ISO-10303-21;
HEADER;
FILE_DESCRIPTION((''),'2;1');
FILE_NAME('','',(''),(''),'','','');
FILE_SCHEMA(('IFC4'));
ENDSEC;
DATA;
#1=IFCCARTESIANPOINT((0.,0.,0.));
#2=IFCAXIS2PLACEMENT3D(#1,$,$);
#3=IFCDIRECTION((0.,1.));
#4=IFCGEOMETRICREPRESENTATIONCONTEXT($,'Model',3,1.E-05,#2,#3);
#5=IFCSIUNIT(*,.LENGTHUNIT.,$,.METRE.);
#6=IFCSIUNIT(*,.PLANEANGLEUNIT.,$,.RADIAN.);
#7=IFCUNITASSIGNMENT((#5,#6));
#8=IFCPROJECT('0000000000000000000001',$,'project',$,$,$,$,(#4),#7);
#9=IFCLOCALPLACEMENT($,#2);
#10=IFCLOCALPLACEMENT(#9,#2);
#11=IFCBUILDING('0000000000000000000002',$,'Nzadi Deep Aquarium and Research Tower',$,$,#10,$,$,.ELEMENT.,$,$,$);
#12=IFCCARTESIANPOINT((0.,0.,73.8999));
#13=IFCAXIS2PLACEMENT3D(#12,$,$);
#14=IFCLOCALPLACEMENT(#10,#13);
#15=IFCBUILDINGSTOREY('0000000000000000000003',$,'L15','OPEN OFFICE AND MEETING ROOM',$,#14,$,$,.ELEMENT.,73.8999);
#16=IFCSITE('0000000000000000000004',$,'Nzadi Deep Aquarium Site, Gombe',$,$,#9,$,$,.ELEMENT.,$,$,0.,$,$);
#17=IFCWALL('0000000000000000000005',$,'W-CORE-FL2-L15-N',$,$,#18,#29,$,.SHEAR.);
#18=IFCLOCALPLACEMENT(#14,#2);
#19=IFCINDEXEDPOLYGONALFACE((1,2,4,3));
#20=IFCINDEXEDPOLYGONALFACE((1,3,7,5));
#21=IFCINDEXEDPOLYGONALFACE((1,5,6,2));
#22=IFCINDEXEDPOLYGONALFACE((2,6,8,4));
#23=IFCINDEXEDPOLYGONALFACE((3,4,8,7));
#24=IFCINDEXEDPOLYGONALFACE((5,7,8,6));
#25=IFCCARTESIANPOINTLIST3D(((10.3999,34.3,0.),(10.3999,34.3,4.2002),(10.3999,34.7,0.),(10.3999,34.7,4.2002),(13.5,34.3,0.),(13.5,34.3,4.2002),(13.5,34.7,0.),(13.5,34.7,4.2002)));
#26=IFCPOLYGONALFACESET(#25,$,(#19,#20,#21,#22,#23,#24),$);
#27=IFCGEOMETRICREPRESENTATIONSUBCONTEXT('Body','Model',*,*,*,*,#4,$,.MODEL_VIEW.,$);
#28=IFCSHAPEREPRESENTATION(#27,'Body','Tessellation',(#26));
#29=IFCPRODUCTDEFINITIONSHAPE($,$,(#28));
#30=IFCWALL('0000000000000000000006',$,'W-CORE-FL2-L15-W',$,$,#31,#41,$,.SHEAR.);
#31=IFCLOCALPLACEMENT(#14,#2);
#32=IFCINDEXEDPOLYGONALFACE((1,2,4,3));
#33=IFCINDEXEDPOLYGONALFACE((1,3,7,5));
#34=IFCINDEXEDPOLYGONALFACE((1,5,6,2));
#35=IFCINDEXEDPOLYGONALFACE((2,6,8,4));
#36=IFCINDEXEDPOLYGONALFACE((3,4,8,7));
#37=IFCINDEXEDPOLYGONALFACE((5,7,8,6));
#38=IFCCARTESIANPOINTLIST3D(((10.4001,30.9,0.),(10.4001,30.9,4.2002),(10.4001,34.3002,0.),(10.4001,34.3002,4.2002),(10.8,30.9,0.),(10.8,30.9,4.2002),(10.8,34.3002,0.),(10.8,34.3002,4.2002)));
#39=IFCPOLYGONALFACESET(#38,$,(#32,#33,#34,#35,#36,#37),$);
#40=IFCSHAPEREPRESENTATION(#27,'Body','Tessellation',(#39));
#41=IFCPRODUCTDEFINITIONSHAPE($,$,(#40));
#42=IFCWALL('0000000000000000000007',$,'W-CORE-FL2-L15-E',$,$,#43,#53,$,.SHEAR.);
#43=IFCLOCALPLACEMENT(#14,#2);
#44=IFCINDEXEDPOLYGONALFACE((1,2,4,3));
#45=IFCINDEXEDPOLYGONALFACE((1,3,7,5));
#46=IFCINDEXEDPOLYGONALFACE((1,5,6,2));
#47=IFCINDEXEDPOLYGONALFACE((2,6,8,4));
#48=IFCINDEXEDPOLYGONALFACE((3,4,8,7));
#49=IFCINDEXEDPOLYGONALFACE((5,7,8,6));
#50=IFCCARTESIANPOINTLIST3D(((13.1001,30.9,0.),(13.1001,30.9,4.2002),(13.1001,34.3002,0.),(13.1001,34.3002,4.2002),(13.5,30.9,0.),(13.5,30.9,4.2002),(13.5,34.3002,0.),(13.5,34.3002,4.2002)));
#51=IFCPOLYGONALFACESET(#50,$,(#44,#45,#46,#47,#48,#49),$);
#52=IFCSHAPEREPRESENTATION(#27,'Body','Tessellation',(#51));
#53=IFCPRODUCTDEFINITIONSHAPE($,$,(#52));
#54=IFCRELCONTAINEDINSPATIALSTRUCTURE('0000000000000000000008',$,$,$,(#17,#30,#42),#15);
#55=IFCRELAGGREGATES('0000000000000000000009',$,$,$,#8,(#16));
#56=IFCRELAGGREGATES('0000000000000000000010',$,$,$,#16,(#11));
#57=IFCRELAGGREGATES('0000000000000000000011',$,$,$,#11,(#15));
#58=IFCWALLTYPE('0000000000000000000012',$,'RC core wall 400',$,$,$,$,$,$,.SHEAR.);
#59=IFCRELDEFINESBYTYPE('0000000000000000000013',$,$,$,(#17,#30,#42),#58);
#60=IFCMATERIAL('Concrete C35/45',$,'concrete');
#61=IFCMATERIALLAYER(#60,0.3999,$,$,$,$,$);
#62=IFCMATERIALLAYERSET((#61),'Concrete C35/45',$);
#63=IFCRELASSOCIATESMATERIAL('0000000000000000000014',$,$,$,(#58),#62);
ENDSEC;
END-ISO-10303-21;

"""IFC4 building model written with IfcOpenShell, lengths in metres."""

from ifc_helpers import new_model, si_unit, direction, frame, frame_2d, origin, place, context, subcontext, project, spatial, rectangle, extrude, material, layer, layer_set, type_object, element, save


model = new_model("IFC4")

# Units and contexts
model_context = context("Model", 3, precision=1e-05, world=origin(), true_north=direction((0.0, 1.0)))
body_context = subcontext(model_context, "Body", "Model", "MODEL_VIEW")
ifc_project = project(units=[si_unit("LENGTHUNIT", "METRE"), si_unit("PLANEANGLEUNIT", "RADIAN")], contexts=[model_context])

# Site, building, storey
site_placement = place(None, origin())
site = spatial("IfcSite", under=ifc_project, at=site_placement, Name="Nzadi Deep Aquarium Site, Gombe", CompositionType="ELEMENT", RefElevation=0.0)
building_placement = place(site_placement, origin())
building = spatial("IfcBuilding", under=site, at=building_placement, Name="Nzadi Deep Aquarium and Research Tower", CompositionType="ELEMENT")
storey_placement = place(building_placement, frame((0.0, 0.0, 73.8999)))
storey = spatial("IfcBuildingStorey", under=building, at=storey_placement, Name="L15", Description="OPEN OFFICE AND MEETING ROOM", CompositionType="ELEMENT", Elevation=73.8999)

# Shared definitions
ifc_material_1 = material(Name="Concrete C35/45", Category="concrete")
ifc_layer_1 = layer(ifc_material_1, 0.3999)
ifc_layer_set_1 = layer_set([ifc_layer_1], Name="Concrete C35/45")
wall_type_1 = type_object("IfcWallType", Name="RC core wall 400", PredefinedType="SHEAR", material=ifc_layer_set_1)

# Walls
wall_1_placement = place(storey_placement, frame((10.3999, 34.5, 0.0), z_axis=(0.0, 0.0, 1.0), x_axis=(1.0, 0.0, 0.0)))
element("IfcWall", 1, at=wall_1_placement, inside=storey, type_object=wall_type_1, Name="W-CORE-FL2-L15-N", PredefinedType="SHEAR", context=body_context, shape_type="SweptSolid", body=[
    extrude(rectangle(XDim=3.1001, YDim=0.3999, at=frame_2d((1.55, 0.0))), origin(), (0.0, 0.0, 1.0), 4.2002),
])
for number, where, z_axis, x_axis, name in (
    (2, (10.6001, 30.8999, 0.0), (0.0, 0.0, 1.0), (0.0, 1.0, 0.0), "W-CORE-FL2-L15-W"),
    (3, (13.3, 30.8999, 0.0), (0.0, 0.0, 1.0), (0.0, 1.0, 0.0), "W-CORE-FL2-L15-E"),
):
    element("IfcWall", number, at=place(storey_placement, frame(where, z_axis=z_axis, x_axis=x_axis)), inside=storey, type_object=wall_type_1, Name=name, PredefinedType="SHEAR", context=body_context, shape_type="SweptSolid", body=[
        extrude(rectangle(XDim=3.4001, YDim=0.3999, at=frame_2d((1.7002, 0.0))), origin(), (0.0, 0.0, 1.0), 4.2002),
    ])

save(model, "model.ifc")
